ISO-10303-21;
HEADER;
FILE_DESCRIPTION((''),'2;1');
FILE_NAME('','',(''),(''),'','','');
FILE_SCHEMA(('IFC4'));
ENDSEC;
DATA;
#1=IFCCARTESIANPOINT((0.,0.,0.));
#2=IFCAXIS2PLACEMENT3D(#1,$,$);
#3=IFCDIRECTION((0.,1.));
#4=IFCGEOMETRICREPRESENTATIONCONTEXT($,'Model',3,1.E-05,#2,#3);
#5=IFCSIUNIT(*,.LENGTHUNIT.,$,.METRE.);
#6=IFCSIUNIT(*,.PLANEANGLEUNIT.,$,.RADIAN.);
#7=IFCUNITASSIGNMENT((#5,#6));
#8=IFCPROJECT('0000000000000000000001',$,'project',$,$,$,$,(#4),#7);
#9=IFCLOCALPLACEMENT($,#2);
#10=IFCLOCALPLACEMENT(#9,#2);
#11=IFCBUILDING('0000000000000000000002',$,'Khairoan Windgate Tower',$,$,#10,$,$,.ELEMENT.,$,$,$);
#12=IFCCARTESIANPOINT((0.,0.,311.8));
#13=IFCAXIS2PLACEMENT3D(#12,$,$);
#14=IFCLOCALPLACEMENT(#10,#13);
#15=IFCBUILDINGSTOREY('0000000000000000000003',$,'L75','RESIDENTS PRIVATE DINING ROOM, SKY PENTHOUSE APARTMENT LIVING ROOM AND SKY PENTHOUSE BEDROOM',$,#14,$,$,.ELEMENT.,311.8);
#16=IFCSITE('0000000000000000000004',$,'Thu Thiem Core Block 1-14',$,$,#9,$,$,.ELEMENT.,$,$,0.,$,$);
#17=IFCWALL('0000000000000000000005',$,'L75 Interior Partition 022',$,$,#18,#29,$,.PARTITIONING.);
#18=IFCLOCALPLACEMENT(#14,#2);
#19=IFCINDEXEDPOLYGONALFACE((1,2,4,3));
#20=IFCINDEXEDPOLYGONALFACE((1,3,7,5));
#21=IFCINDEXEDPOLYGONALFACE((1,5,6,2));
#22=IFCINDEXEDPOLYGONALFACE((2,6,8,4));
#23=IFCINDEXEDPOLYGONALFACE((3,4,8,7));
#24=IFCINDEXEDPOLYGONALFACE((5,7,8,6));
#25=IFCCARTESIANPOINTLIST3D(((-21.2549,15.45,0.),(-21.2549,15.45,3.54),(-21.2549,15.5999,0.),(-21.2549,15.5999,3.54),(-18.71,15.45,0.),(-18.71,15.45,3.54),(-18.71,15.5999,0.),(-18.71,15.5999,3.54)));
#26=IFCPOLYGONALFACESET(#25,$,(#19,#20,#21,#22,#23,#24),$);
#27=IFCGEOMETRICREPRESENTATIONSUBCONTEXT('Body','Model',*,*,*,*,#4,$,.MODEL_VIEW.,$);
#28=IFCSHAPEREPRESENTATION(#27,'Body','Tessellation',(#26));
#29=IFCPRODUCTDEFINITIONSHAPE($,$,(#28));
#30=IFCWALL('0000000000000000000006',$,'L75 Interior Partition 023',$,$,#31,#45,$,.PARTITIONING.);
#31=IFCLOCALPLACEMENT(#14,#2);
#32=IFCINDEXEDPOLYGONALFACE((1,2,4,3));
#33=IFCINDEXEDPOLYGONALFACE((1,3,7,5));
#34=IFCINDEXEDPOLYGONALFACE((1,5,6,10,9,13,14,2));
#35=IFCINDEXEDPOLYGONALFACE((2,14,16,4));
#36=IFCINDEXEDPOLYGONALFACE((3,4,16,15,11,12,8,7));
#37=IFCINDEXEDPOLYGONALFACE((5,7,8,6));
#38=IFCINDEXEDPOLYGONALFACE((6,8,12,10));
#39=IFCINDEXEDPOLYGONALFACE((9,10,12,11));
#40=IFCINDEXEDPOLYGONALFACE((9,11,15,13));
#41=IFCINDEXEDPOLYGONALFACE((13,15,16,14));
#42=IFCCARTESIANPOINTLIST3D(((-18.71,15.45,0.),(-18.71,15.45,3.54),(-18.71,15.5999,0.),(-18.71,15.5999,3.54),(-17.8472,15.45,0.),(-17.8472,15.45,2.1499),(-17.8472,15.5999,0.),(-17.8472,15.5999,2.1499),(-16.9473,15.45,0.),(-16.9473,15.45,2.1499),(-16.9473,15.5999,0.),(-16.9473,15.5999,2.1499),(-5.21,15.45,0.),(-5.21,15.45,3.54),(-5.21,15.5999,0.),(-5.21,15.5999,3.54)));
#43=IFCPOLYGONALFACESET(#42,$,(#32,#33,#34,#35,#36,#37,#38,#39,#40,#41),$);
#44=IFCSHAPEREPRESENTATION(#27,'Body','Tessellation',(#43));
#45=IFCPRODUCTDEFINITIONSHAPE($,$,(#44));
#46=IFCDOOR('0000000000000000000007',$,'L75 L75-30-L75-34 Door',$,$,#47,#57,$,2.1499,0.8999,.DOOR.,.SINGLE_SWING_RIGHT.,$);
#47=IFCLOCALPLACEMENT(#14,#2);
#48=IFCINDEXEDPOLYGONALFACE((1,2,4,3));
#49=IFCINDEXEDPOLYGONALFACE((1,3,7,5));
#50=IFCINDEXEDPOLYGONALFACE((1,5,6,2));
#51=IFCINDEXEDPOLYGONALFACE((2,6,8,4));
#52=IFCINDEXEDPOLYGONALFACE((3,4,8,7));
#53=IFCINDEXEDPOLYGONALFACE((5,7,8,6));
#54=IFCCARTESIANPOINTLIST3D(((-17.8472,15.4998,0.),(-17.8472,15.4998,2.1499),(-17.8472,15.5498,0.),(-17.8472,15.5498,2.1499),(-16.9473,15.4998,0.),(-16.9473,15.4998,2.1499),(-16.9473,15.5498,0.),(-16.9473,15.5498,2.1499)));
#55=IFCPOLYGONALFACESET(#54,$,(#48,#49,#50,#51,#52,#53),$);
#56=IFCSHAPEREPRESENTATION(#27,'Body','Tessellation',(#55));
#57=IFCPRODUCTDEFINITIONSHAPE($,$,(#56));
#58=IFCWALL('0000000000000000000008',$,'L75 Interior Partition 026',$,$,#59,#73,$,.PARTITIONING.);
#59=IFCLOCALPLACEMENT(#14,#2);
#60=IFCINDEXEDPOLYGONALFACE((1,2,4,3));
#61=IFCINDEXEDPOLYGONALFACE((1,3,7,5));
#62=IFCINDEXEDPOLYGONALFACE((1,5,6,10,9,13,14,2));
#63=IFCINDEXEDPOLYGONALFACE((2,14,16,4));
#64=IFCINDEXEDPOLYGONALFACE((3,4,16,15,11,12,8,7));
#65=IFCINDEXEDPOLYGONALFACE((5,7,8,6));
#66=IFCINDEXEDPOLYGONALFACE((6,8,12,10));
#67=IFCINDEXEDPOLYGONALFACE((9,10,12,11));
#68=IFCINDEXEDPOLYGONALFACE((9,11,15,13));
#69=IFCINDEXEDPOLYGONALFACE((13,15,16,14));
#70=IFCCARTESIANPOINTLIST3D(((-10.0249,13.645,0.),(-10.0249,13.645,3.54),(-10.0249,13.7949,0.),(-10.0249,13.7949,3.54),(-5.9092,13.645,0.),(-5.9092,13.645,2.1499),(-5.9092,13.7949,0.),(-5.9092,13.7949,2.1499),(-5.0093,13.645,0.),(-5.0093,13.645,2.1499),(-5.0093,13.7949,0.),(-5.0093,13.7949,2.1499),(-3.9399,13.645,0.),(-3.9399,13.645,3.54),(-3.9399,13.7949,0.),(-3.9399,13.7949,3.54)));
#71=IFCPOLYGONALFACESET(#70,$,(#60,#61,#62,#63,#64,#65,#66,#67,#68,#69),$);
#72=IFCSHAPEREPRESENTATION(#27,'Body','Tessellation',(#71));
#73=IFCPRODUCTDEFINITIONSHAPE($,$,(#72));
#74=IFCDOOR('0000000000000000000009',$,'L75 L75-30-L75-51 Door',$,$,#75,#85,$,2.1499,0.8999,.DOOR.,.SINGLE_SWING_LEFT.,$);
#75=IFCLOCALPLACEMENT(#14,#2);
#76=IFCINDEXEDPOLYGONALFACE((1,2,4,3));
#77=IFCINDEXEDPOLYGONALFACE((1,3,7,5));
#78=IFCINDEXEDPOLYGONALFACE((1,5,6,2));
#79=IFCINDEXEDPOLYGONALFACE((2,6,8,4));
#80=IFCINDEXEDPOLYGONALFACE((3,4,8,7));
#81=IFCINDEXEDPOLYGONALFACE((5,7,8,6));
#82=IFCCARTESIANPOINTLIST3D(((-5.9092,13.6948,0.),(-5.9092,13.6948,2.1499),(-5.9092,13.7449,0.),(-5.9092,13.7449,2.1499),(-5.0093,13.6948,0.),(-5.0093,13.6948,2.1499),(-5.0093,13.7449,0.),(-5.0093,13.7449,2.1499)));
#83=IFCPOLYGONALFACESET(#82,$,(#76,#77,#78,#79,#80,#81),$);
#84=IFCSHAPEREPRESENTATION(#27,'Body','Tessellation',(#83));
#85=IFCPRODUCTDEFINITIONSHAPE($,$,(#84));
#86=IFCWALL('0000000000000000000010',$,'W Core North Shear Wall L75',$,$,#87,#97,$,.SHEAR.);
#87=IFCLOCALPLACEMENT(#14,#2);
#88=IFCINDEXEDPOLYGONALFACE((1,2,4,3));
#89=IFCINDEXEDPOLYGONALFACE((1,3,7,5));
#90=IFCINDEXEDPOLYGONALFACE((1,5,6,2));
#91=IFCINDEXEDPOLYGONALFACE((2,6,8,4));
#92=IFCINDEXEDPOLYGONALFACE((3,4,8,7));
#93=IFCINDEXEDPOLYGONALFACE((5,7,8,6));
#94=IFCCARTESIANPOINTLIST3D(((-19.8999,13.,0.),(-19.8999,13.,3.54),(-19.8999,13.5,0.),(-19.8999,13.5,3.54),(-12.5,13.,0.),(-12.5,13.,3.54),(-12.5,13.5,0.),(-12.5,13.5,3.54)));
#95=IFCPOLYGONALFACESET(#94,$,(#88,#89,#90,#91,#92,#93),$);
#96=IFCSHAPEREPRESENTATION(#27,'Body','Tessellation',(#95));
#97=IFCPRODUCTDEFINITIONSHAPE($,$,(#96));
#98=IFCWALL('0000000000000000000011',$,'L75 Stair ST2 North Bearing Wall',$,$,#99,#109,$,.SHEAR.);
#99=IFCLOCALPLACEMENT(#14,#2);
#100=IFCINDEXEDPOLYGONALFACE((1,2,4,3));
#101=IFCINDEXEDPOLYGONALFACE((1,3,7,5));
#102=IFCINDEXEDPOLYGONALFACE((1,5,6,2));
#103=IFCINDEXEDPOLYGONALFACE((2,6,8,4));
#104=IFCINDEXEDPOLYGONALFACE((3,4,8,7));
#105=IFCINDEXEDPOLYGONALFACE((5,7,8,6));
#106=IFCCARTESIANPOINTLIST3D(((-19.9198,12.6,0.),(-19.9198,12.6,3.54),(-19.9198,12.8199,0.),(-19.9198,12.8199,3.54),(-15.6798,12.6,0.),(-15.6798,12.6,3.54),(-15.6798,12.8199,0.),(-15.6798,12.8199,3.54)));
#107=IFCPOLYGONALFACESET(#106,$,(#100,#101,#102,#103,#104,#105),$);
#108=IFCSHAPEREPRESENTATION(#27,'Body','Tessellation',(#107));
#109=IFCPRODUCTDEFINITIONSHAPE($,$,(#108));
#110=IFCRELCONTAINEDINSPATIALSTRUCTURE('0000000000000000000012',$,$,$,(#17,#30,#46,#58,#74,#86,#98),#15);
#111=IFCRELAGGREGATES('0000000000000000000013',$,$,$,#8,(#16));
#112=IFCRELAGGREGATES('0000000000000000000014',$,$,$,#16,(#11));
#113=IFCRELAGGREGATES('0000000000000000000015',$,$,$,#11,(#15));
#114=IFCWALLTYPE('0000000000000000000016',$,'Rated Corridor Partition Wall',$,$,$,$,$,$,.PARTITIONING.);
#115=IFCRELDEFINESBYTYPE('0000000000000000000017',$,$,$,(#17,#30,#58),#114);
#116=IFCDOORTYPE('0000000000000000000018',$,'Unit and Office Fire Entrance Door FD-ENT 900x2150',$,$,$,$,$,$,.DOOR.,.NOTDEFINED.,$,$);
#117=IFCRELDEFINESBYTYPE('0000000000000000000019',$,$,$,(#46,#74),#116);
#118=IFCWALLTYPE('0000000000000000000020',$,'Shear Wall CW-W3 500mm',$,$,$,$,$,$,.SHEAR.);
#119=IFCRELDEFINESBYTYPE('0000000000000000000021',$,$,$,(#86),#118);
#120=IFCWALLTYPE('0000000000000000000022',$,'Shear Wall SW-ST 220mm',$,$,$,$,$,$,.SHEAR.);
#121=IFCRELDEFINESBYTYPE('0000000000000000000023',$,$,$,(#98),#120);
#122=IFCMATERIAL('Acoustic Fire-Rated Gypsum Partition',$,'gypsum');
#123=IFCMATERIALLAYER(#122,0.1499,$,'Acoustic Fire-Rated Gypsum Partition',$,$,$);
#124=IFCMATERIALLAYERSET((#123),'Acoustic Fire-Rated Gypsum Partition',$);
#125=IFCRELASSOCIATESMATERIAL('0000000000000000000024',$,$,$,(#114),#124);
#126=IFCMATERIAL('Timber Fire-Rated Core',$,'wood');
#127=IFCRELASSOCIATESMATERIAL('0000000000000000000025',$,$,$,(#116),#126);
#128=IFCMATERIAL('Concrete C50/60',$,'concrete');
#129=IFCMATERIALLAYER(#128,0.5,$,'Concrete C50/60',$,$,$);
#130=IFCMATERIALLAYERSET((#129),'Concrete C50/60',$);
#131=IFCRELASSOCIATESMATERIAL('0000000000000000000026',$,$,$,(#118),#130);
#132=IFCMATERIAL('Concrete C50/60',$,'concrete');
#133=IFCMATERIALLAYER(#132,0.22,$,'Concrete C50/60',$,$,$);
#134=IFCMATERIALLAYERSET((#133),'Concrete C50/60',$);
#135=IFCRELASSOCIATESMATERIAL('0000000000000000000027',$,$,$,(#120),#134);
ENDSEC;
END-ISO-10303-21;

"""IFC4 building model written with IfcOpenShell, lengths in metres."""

from ifc_helpers import new_model, si_unit, direction, frame, frame_2d, origin, place, context, subcontext, project, spatial, rectangle, extrude, material, layer, layer_set, type_object, element, fill, save


model = new_model("IFC4")

# Units and contexts
model_context = context("Model", 3, precision=1e-05, world=origin(), true_north=direction((0.0, 1.0)))
body_context = subcontext(model_context, "Body", "Model", "MODEL_VIEW")
ifc_project = project(units=[si_unit("LENGTHUNIT", "METRE"), si_unit("PLANEANGLEUNIT", "RADIAN")], contexts=[model_context])

# Site, building, storey
site_placement = place(None, origin())
site = spatial("IfcSite", under=ifc_project, at=site_placement, Name="Thu Thiem Core Block 1-14", CompositionType="ELEMENT", RefElevation=0.0)
building_placement = place(site_placement, origin())
building = spatial("IfcBuilding", under=site, at=building_placement, Name="Khairoan Windgate Tower", CompositionType="ELEMENT")
storey_placement = place(building_placement, frame((0.0, 0.0, 311.8)))
storey = spatial("IfcBuildingStorey", under=building, at=storey_placement, Name="L75", Description="RESIDENTS PRIVATE DINING ROOM, SKY PENTHOUSE APARTMENT LIVING ROOM AND SKY PENTHOUSE BEDROOM", CompositionType="ELEMENT", Elevation=311.8)

# Wall
ifc_material_1 = material(Name="Acoustic Fire-Rated Gypsum Partition", Category="gypsum")
ifc_layer_1 = layer(ifc_material_1, 0.1499, Name="Acoustic Fire-Rated Gypsum Partition")
ifc_layer_set_1 = layer_set([ifc_layer_1], Name="Acoustic Fire-Rated Gypsum Partition")
wall_type_1 = type_object("IfcWallType", Name="Rated Corridor Partition Wall", PredefinedType="PARTITIONING", material=ifc_layer_set_1)
wall_1_placement = place(storey_placement, frame((-21.2549, 15.5249, 0.0), z_axis=(0.0, 0.0, 1.0), x_axis=(1.0, 0.0, 0.0)))
element("IfcWall", 1, at=wall_1_placement, inside=storey, type_object=wall_type_1, Name="L75 Interior Partition 022", PredefinedType="PARTITIONING", context=body_context, shape_type="SweptSolid", body=[
    extrude(rectangle(XDim=2.5449, YDim=0.1499, at=frame_2d((1.2725, 0.0))), origin(), (0.0, 0.0, 1.0), 3.54),
])

# Walls, openings, doors
wall_2_placement = place(storey_placement, frame((-18.71, 15.5249, 0.0), z_axis=(0.0, 0.0, 1.0), x_axis=(1.0, 0.0, 0.0)))
wall_2 = element("IfcWall", 2, at=wall_2_placement, inside=storey, type_object=wall_type_1, Name="L75 Interior Partition 023", PredefinedType="PARTITIONING", context=body_context, shape_type="SweptSolid", body=[
    extrude(rectangle(XDim=13.5, YDim=0.1499, at=frame_2d((6.75, 0.0))), origin(), (0.0, 0.0, 1.0), 3.54),
])
opening_1_placement = place(wall_2_placement, frame((0.8628, 0.0, 0.0)))
opening_1 = element("IfcOpeningElement", 3, at=opening_1_placement, cuts=wall_2, PredefinedType="OPENING", context=body_context, shape_type="SweptSolid", body=[
    extrude(rectangle(XDim=0.8999, YDim=2.1499, at=frame_2d((0.45, 1.075))), frame((0.0, 0.085, 0.0), z_axis=(0.0, -1.0, 0.0), x_axis=(1.0, 0.0, 0.0)), (0.0, 0.0, 1.0), 0.1699),
])
ifc_material_2 = material(Name="Timber Fire-Rated Core", Category="wood")
door_type_1 = type_object("IfcDoorType", Name="Unit and Office Fire Entrance Door FD-ENT 900x2150", OperationType="NOTDEFINED", PredefinedType="DOOR", material=ifc_material_2)
door_1_placement = place(opening_1_placement, origin())
door_1 = element("IfcDoor", 4, at=door_1_placement, inside=storey, type_object=door_type_1, Name="L75 L75-30-L75-34 Door", OperationType="SINGLE_SWING_RIGHT", OverallHeight=2.1499, OverallWidth=0.8999, PredefinedType="DOOR", context=body_context, shape_type="SweptSolid", body=[
    extrude(rectangle(XDim=0.8999, YDim=2.1499, at=frame_2d((0.45, 1.075))), frame((0.0, 0.0249, 0.0), z_axis=(0.0, -1.0, 0.0), x_axis=(1.0, 0.0, 0.0)), (0.0, 0.0, 1.0), 0.05),
])
fill(opening_1, door_1)
wall_3_placement = place(storey_placement, frame((-10.0249, 13.72, 0.0), z_axis=(0.0, 0.0, 1.0), x_axis=(1.0, 0.0, 0.0)))
wall_3 = element("IfcWall", 5, at=wall_3_placement, inside=storey, type_object=wall_type_1, Name="L75 Interior Partition 026", PredefinedType="PARTITIONING", context=body_context, shape_type="SweptSolid", body=[
    extrude(rectangle(XDim=6.085, YDim=0.1499, at=frame_2d((3.0425, 0.0))), origin(), (0.0, 0.0, 1.0), 3.54),
])
opening_2_placement = place(wall_3_placement, frame((4.1157, 0.0, 0.0)))
opening_2 = element("IfcOpeningElement", 6, at=opening_2_placement, cuts=wall_3, PredefinedType="OPENING", context=body_context, shape_type="SweptSolid", body=[
    extrude(rectangle(XDim=0.8999, YDim=2.1499, at=frame_2d((0.45, 1.075))), frame((0.0, 0.085, 0.0), z_axis=(0.0, -1.0, 0.0), x_axis=(1.0, 0.0, 0.0)), (0.0, 0.0, 1.0), 0.1699),
])
door_2_placement = place(opening_2_placement, origin())
door_2 = element("IfcDoor", 7, at=door_2_placement, inside=storey, type_object=door_type_1, Name="L75 L75-30-L75-51 Door", OperationType="SINGLE_SWING_LEFT", OverallHeight=2.1499, OverallWidth=0.8999, PredefinedType="DOOR", context=body_context, shape_type="SweptSolid", body=[
    extrude(rectangle(XDim=0.8999, YDim=2.1499, at=frame_2d((0.45, 1.075))), frame((0.0, 0.0249, 0.0), z_axis=(0.0, -1.0, 0.0), x_axis=(1.0, 0.0, 0.0)), (0.0, 0.0, 1.0), 0.05),
])
fill(opening_2, door_2)

# Walls
ifc_material_3 = material(Name="Concrete C50/60", Category="concrete")
ifc_layer_2 = layer(ifc_material_3, 0.5, Name="Concrete C50/60")
ifc_layer_set_2 = layer_set([ifc_layer_2], Name="Concrete C50/60")
wall_type_2 = type_object("IfcWallType", Name="Shear Wall CW-W3 500mm", PredefinedType="SHEAR", material=ifc_layer_set_2)
wall_4_placement = place(storey_placement, frame((-19.8999, 13.25, 0.0), z_axis=(0.0, 0.0, 1.0), x_axis=(1.0, 0.0, 0.0)))
element("IfcWall", 8, at=wall_4_placement, inside=storey, type_object=wall_type_2, Name="W Core North Shear Wall L75", PredefinedType="SHEAR", context=body_context, shape_type="SweptSolid", body=[
    extrude(rectangle(XDim=7.3999, YDim=0.5, at=frame_2d((3.7, 0.0))), origin(), (0.0, 0.0, 1.0), 3.54),
])
ifc_material_4 = material(Name="Concrete C50/60", Category="concrete")
ifc_layer_3 = layer(ifc_material_4, 0.22, Name="Concrete C50/60")
ifc_layer_set_3 = layer_set([ifc_layer_3], Name="Concrete C50/60")
wall_type_3 = type_object("IfcWallType", Name="Shear Wall SW-ST 220mm", PredefinedType="SHEAR", material=ifc_layer_set_3)
wall_5_placement = place(storey_placement, frame((-19.9199, 12.71, 0.0), z_axis=(0.0, 0.0, 1.0), x_axis=(1.0, 0.0, 0.0)))
element("IfcWall", 9, at=wall_5_placement, inside=storey, type_object=wall_type_3, Name="L75 Stair ST2 North Bearing Wall", PredefinedType="SHEAR", context=body_context, shape_type="SweptSolid", body=[
    extrude(rectangle(XDim=4.24, YDim=0.22, at=frame_2d((2.1201, 0.0))), origin(), (0.0, 0.0, 1.0), 3.54),
])

save(model, "model.ifc")
